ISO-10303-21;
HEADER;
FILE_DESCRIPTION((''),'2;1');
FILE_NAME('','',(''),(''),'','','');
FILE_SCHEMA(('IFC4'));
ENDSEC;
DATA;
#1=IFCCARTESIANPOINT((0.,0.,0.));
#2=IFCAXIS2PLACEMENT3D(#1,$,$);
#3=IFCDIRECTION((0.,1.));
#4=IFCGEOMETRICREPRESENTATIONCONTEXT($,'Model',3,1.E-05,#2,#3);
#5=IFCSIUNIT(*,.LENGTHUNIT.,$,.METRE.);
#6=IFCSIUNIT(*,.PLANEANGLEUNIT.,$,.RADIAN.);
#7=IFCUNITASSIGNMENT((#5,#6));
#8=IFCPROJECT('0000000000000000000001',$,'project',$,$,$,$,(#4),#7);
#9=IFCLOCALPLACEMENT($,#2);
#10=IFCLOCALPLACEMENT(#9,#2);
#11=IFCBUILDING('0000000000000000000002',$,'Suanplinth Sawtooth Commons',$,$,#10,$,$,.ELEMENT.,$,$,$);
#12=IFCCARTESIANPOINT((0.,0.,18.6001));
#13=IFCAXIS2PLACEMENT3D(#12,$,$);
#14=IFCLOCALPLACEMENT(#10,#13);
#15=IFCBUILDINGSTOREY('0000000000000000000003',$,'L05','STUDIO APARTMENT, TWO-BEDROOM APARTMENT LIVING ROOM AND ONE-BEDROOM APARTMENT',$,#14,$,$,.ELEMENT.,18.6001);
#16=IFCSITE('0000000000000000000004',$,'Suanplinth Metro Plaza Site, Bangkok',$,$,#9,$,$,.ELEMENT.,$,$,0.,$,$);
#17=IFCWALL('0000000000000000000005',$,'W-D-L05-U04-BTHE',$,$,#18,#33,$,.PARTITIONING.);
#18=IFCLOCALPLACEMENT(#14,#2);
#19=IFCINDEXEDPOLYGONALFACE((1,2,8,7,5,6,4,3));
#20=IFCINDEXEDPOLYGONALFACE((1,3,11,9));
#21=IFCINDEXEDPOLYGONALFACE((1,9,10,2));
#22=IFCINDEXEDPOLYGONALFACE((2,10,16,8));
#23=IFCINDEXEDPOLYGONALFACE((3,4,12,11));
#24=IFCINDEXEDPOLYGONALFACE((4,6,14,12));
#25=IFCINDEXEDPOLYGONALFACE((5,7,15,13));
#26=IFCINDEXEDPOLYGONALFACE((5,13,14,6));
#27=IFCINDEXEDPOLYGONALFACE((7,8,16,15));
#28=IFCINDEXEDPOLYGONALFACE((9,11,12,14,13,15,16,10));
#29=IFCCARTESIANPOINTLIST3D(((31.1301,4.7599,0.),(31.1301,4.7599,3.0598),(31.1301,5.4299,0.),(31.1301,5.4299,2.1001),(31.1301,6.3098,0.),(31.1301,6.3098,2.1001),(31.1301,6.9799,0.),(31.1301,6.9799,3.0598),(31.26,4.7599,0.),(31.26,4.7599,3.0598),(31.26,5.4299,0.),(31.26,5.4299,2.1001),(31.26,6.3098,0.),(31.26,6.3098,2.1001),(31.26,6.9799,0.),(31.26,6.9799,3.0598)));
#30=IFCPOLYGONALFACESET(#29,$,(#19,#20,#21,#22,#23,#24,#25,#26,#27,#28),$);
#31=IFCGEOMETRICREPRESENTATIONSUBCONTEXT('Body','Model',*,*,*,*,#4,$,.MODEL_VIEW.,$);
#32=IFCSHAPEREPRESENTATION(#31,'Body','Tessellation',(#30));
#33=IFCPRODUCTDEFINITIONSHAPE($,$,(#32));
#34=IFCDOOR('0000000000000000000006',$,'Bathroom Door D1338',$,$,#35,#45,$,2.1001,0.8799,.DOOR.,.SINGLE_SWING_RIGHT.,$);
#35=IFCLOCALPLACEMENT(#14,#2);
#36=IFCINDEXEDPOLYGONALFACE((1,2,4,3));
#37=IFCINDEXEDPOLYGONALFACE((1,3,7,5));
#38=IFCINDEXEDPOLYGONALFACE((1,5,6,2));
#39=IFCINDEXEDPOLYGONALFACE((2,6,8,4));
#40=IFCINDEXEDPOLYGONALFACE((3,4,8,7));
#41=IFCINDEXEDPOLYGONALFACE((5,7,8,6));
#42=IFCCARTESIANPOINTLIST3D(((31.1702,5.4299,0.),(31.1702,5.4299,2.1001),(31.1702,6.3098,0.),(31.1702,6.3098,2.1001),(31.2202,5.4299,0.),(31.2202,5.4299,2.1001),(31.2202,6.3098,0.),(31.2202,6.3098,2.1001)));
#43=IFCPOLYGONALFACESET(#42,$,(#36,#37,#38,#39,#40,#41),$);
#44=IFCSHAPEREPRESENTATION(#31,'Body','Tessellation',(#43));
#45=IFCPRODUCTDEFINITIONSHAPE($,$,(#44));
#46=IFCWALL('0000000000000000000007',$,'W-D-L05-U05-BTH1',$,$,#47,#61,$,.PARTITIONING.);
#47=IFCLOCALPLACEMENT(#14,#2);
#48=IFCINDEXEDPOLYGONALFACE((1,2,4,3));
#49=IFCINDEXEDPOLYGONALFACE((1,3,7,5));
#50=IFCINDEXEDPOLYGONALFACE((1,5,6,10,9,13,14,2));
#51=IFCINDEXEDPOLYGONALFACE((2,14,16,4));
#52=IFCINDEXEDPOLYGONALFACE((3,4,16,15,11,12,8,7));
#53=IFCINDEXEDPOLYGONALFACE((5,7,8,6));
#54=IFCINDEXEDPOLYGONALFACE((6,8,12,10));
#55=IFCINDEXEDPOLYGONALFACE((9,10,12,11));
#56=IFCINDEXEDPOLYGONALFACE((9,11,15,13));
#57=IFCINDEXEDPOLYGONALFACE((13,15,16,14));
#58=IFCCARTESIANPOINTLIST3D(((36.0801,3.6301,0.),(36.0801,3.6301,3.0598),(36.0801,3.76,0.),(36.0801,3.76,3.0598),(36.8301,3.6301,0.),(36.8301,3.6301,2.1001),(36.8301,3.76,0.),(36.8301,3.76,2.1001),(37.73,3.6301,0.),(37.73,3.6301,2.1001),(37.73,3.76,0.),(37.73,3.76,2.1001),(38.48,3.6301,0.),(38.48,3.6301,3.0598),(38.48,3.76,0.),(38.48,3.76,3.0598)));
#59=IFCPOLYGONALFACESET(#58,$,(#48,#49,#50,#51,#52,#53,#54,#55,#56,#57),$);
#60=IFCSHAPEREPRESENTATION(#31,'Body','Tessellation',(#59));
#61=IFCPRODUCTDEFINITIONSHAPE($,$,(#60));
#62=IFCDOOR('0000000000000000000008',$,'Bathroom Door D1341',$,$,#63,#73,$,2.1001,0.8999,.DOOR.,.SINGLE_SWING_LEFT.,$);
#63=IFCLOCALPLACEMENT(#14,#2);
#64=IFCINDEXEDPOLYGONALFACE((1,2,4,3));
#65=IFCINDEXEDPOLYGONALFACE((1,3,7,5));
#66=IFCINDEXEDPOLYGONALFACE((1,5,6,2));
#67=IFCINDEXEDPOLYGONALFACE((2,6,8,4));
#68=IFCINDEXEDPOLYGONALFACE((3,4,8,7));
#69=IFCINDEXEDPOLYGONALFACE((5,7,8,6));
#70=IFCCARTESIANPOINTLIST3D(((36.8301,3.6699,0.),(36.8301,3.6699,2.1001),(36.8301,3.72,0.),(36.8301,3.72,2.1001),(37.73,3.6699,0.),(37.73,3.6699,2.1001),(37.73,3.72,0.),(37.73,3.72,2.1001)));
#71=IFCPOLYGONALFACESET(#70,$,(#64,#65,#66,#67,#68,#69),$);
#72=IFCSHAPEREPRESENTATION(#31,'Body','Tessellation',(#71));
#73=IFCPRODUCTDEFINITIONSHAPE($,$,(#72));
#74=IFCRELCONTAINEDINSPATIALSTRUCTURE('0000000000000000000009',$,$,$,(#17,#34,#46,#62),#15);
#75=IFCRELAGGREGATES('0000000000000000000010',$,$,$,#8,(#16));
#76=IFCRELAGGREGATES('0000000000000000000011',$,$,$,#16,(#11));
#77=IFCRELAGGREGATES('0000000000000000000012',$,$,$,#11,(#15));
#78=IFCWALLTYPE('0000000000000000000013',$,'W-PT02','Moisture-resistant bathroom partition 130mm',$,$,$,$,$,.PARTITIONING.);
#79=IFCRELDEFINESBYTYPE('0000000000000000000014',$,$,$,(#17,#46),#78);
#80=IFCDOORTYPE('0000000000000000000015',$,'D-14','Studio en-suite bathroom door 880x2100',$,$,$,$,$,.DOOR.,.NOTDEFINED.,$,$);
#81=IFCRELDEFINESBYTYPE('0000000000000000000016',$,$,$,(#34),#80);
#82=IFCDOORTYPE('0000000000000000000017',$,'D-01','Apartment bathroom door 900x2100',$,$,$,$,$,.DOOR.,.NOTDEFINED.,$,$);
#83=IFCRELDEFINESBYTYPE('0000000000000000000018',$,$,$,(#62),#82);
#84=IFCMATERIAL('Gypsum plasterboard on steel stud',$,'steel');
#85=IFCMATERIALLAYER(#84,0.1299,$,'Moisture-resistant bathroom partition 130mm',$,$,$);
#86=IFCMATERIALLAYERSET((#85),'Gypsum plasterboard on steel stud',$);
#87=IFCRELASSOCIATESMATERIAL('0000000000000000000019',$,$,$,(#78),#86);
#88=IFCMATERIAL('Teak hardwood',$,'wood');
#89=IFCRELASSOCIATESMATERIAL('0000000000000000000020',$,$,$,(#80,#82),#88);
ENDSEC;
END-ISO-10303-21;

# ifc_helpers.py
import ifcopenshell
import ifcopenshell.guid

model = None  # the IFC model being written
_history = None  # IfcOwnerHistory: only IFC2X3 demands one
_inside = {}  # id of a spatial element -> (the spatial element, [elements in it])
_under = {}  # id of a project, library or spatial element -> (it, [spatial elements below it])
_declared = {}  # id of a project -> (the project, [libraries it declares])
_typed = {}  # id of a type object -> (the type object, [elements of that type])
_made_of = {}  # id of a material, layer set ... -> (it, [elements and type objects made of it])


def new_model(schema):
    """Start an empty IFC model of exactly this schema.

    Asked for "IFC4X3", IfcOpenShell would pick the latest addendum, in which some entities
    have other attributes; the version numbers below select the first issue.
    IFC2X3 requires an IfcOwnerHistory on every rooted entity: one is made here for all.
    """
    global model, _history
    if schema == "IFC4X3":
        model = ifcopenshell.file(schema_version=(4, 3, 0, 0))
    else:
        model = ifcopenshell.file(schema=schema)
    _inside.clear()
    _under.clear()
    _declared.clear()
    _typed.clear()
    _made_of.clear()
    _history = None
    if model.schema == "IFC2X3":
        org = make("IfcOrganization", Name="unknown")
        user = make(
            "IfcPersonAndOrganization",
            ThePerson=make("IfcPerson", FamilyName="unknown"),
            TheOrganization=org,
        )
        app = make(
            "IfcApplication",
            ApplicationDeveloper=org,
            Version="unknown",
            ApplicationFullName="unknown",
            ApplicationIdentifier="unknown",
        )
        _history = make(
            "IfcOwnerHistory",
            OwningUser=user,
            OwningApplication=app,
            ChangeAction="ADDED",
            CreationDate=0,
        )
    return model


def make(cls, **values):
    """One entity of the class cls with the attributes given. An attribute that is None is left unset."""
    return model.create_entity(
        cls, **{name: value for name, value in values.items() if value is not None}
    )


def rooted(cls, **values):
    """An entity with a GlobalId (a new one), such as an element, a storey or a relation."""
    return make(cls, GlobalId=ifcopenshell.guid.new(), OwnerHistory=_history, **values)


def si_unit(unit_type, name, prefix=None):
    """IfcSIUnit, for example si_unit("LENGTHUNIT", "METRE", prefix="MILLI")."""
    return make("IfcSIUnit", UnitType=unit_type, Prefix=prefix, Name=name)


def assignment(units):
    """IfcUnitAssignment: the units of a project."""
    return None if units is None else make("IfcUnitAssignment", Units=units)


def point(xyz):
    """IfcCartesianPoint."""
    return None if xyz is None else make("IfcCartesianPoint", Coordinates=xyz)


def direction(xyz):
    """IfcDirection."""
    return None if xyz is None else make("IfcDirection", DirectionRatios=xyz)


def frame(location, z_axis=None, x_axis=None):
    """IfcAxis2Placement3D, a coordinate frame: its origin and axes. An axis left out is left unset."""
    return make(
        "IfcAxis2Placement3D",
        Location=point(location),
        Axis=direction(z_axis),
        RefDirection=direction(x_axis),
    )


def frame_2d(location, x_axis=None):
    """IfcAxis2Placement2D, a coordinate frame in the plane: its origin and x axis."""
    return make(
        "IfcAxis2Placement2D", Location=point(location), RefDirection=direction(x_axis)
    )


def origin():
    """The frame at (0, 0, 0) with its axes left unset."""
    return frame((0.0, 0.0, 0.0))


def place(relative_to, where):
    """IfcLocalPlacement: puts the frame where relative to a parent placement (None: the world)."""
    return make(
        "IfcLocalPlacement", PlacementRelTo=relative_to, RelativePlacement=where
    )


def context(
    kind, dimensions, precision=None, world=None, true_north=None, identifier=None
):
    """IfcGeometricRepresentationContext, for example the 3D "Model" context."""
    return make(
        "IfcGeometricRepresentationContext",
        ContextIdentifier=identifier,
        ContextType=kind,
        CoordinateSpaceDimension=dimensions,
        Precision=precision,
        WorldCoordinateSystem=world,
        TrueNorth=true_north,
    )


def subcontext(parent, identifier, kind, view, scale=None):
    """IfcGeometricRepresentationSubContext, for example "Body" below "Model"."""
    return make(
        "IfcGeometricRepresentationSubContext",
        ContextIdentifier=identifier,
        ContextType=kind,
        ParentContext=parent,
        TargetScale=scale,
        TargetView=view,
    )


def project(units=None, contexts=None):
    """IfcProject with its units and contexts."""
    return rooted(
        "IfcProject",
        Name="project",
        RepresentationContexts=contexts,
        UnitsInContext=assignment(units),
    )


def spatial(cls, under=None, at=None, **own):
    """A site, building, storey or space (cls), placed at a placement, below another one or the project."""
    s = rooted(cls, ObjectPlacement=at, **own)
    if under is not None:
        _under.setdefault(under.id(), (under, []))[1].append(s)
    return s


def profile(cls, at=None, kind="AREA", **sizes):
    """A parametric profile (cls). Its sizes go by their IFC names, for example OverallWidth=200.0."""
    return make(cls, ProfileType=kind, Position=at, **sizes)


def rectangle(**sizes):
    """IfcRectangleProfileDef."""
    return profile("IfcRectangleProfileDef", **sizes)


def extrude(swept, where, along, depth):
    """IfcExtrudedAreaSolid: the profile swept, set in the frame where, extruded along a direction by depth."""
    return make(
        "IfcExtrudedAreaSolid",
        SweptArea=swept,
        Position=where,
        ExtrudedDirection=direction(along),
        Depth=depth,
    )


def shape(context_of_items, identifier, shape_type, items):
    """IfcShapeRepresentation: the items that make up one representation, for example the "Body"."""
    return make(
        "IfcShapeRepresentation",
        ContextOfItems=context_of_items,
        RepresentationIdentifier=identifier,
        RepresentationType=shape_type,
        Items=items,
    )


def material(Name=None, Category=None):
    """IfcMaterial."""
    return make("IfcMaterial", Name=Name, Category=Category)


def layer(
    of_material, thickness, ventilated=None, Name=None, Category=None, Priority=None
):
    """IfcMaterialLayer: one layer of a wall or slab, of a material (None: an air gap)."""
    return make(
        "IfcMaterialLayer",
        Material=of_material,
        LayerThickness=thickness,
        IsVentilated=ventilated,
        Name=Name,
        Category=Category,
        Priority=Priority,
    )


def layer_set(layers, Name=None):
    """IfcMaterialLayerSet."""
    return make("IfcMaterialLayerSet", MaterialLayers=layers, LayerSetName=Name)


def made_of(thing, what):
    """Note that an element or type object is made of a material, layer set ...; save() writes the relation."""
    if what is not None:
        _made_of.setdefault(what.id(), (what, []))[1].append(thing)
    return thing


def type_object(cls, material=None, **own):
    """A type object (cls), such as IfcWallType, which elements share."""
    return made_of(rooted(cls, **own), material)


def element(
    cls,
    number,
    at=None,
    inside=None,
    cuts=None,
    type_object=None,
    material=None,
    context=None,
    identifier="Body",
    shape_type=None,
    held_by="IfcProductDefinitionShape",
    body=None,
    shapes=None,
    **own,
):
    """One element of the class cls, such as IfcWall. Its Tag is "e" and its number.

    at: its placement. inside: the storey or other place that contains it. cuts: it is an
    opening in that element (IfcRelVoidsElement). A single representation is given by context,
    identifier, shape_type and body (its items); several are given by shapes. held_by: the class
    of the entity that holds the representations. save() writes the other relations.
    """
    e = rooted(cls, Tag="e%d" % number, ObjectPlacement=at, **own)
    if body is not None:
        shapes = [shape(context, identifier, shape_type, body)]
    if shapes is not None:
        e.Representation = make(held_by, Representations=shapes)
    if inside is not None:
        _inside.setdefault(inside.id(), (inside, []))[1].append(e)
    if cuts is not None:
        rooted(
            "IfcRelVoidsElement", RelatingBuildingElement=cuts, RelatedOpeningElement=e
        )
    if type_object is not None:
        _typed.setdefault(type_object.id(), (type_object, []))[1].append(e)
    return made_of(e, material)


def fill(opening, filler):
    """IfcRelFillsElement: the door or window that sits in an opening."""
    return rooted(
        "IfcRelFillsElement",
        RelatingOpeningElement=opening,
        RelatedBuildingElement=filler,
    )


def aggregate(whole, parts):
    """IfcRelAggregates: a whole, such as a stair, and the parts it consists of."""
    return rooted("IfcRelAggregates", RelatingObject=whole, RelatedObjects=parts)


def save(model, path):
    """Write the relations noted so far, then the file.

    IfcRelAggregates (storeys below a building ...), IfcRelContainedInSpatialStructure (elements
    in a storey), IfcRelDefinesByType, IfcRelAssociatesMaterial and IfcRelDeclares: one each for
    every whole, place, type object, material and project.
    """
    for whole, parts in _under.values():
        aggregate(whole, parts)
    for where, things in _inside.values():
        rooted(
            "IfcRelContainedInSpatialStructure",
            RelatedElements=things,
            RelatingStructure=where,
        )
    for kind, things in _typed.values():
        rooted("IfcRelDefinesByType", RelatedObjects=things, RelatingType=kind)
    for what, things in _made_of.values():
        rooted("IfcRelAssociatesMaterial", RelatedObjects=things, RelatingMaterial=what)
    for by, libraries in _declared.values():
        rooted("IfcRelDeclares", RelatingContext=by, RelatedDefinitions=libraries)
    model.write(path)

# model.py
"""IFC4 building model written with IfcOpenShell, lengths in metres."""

from ifc_helpers import new_model, si_unit, direction, frame, frame_2d, origin, place, context, subcontext, project, spatial, rectangle, extrude, material, layer, layer_set, type_object, element, fill, save


model = new_model("IFC4")

# Units and contexts
model_context = context("Model", 3, precision=1e-05, world=origin(), true_north=direction((0.0, 1.0)))
body_context = subcontext(model_context, "Body", "Model", "MODEL_VIEW")
ifc_project = project(units=[si_unit("LENGTHUNIT", "METRE"), si_unit("PLANEANGLEUNIT", "RADIAN")], contexts=[model_context])

# Site, building, storey
site_placement = place(None, origin())
site = spatial("IfcSite", under=ifc_project, at=site_placement, Name="Suanplinth Metro Plaza Site, Bangkok", CompositionType="ELEMENT", RefElevation=0.0)
building_placement = place(site_placement, origin())
building = spatial("IfcBuilding", under=site, at=building_placement, Name="Suanplinth Sawtooth Commons", CompositionType="ELEMENT")
storey_placement = place(building_placement, frame((0.0, 0.0, 18.6001)))
storey = spatial("IfcBuildingStorey", under=building, at=storey_placement, Name="L05", Description="STUDIO APARTMENT, TWO-BEDROOM APARTMENT LIVING ROOM AND ONE-BEDROOM APARTMENT", CompositionType="ELEMENT", Elevation=18.6001)

# Walls, openings, doors
ifc_material_1 = material(Name="Gypsum plasterboard on steel stud", Category="steel")
ifc_material_2 = material(Name="Teak hardwood", Category="wood")
ifc_layer_1 = layer(ifc_material_1, 0.1299, Name="Moisture-resistant bathroom partition 130mm")
ifc_layer_set_1 = layer_set([ifc_layer_1], Name="Gypsum plasterboard on steel stud")
wall_type_1 = type_object("IfcWallType", Name="W-PT02", Description="Moisture-resistant bathroom partition 130mm", PredefinedType="PARTITIONING", material=ifc_layer_set_1)
wall_1_placement = place(storey_placement, frame((31.1951, 4.76, 0.0), z_axis=(0.0, 0.0, 1.0), x_axis=(0.0, 1.0, 0.0)))
wall_1 = element("IfcWall", 1, at=wall_1_placement, inside=storey, type_object=wall_type_1, Name="W-D-L05-U04-BTHE", PredefinedType="PARTITIONING", context=body_context, shape_type="SweptSolid", body=[
    extrude(rectangle(XDim=2.22, YDim=0.1299, at=frame_2d((1.1099, 0.0))), origin(), (0.0, 0.0, 1.0), 3.0598),
])
opening_1_placement = place(wall_1_placement, frame((0.6699, 0.0, 0.0)))
opening_1 = element("IfcOpeningElement", 2, at=opening_1_placement, cuts=wall_1, PredefinedType="OPENING", context=body_context, shape_type="SweptSolid", body=[
    extrude(rectangle(XDim=0.8799, YDim=2.1001, at=frame_2d((0.4399, 1.05))), frame((0.0, 0.0798, 0.0), z_axis=(0.0, -1.0, 0.0), x_axis=(1.0, 0.0, 0.0)), (0.0, 0.0, 1.0), 0.1597),
])
door_type_1 = type_object("IfcDoorType", Name="D-14", Description="Studio en-suite bathroom door 880x2100", OperationType="NOTDEFINED", PredefinedType="DOOR", material=ifc_material_2)
door_1_placement = place(opening_1_placement, origin())
door_1 = element("IfcDoor", 3, at=door_1_placement, inside=storey, type_object=door_type_1, Name="Bathroom Door D1338", OperationType="SINGLE_SWING_RIGHT", OverallHeight=2.1001, OverallWidth=0.8799, PredefinedType="DOOR", context=body_context, shape_type="SweptSolid", body=[
    extrude(rectangle(XDim=0.8799, YDim=2.1001, at=frame_2d((0.4399, 1.05))), frame((0.0, 0.0249, 0.0), z_axis=(0.0, -1.0, 0.0), x_axis=(1.0, 0.0, 0.0)), (0.0, 0.0, 1.0), 0.05),
])
fill(opening_1, door_1)
wall_2_placement = place(storey_placement, frame((36.0801, 3.6951, 0.0), z_axis=(0.0, 0.0, 1.0), x_axis=(1.0, 0.0, 0.0)))
wall_2 = element("IfcWall", 4, at=wall_2_placement, inside=storey, type_object=wall_type_1, Name="W-D-L05-U05-BTH1", PredefinedType="PARTITIONING", context=body_context, shape_type="SweptSolid", body=[
    extrude(rectangle(XDim=2.3999, YDim=0.1299, at=frame_2d((1.2, 0.0))), origin(), (0.0, 0.0, 1.0), 3.0598),
])
opening_2_placement = place(wall_2_placement, frame((0.75, 0.0, 0.0)))
opening_2 = element("IfcOpeningElement", 5, at=opening_2_placement, cuts=wall_2, PredefinedType="OPENING", context=body_context, shape_type="SweptSolid", body=[
    extrude(rectangle(XDim=0.8999, YDim=2.1001, at=frame_2d((0.45, 1.05))), frame((0.0, 0.0798, 0.0), z_axis=(0.0, -1.0, 0.0), x_axis=(1.0, 0.0, 0.0)), (0.0, 0.0, 1.0), 0.1597),
])
door_type_2 = type_object("IfcDoorType", Name="D-01", Description="Apartment bathroom door 900x2100", OperationType="NOTDEFINED", PredefinedType="DOOR", material=ifc_material_2)
door_2_placement = place(opening_2_placement, origin())
door_2 = element("IfcDoor", 6, at=door_2_placement, inside=storey, type_object=door_type_2, Name="Bathroom Door D1341", OperationType="SINGLE_SWING_LEFT", OverallHeight=2.1001, OverallWidth=0.8999, PredefinedType="DOOR", context=body_context, shape_type="SweptSolid", body=[
    extrude(rectangle(XDim=0.8999, YDim=2.1001, at=frame_2d((0.45, 1.05))), frame((0.0, 0.0249, 0.0), z_axis=(0.0, -1.0, 0.0), x_axis=(1.0, 0.0, 0.0)), (0.0, 0.0, 1.0), 0.05),
])
fill(opening_2, door_2)

save(model, "model.ifc")
